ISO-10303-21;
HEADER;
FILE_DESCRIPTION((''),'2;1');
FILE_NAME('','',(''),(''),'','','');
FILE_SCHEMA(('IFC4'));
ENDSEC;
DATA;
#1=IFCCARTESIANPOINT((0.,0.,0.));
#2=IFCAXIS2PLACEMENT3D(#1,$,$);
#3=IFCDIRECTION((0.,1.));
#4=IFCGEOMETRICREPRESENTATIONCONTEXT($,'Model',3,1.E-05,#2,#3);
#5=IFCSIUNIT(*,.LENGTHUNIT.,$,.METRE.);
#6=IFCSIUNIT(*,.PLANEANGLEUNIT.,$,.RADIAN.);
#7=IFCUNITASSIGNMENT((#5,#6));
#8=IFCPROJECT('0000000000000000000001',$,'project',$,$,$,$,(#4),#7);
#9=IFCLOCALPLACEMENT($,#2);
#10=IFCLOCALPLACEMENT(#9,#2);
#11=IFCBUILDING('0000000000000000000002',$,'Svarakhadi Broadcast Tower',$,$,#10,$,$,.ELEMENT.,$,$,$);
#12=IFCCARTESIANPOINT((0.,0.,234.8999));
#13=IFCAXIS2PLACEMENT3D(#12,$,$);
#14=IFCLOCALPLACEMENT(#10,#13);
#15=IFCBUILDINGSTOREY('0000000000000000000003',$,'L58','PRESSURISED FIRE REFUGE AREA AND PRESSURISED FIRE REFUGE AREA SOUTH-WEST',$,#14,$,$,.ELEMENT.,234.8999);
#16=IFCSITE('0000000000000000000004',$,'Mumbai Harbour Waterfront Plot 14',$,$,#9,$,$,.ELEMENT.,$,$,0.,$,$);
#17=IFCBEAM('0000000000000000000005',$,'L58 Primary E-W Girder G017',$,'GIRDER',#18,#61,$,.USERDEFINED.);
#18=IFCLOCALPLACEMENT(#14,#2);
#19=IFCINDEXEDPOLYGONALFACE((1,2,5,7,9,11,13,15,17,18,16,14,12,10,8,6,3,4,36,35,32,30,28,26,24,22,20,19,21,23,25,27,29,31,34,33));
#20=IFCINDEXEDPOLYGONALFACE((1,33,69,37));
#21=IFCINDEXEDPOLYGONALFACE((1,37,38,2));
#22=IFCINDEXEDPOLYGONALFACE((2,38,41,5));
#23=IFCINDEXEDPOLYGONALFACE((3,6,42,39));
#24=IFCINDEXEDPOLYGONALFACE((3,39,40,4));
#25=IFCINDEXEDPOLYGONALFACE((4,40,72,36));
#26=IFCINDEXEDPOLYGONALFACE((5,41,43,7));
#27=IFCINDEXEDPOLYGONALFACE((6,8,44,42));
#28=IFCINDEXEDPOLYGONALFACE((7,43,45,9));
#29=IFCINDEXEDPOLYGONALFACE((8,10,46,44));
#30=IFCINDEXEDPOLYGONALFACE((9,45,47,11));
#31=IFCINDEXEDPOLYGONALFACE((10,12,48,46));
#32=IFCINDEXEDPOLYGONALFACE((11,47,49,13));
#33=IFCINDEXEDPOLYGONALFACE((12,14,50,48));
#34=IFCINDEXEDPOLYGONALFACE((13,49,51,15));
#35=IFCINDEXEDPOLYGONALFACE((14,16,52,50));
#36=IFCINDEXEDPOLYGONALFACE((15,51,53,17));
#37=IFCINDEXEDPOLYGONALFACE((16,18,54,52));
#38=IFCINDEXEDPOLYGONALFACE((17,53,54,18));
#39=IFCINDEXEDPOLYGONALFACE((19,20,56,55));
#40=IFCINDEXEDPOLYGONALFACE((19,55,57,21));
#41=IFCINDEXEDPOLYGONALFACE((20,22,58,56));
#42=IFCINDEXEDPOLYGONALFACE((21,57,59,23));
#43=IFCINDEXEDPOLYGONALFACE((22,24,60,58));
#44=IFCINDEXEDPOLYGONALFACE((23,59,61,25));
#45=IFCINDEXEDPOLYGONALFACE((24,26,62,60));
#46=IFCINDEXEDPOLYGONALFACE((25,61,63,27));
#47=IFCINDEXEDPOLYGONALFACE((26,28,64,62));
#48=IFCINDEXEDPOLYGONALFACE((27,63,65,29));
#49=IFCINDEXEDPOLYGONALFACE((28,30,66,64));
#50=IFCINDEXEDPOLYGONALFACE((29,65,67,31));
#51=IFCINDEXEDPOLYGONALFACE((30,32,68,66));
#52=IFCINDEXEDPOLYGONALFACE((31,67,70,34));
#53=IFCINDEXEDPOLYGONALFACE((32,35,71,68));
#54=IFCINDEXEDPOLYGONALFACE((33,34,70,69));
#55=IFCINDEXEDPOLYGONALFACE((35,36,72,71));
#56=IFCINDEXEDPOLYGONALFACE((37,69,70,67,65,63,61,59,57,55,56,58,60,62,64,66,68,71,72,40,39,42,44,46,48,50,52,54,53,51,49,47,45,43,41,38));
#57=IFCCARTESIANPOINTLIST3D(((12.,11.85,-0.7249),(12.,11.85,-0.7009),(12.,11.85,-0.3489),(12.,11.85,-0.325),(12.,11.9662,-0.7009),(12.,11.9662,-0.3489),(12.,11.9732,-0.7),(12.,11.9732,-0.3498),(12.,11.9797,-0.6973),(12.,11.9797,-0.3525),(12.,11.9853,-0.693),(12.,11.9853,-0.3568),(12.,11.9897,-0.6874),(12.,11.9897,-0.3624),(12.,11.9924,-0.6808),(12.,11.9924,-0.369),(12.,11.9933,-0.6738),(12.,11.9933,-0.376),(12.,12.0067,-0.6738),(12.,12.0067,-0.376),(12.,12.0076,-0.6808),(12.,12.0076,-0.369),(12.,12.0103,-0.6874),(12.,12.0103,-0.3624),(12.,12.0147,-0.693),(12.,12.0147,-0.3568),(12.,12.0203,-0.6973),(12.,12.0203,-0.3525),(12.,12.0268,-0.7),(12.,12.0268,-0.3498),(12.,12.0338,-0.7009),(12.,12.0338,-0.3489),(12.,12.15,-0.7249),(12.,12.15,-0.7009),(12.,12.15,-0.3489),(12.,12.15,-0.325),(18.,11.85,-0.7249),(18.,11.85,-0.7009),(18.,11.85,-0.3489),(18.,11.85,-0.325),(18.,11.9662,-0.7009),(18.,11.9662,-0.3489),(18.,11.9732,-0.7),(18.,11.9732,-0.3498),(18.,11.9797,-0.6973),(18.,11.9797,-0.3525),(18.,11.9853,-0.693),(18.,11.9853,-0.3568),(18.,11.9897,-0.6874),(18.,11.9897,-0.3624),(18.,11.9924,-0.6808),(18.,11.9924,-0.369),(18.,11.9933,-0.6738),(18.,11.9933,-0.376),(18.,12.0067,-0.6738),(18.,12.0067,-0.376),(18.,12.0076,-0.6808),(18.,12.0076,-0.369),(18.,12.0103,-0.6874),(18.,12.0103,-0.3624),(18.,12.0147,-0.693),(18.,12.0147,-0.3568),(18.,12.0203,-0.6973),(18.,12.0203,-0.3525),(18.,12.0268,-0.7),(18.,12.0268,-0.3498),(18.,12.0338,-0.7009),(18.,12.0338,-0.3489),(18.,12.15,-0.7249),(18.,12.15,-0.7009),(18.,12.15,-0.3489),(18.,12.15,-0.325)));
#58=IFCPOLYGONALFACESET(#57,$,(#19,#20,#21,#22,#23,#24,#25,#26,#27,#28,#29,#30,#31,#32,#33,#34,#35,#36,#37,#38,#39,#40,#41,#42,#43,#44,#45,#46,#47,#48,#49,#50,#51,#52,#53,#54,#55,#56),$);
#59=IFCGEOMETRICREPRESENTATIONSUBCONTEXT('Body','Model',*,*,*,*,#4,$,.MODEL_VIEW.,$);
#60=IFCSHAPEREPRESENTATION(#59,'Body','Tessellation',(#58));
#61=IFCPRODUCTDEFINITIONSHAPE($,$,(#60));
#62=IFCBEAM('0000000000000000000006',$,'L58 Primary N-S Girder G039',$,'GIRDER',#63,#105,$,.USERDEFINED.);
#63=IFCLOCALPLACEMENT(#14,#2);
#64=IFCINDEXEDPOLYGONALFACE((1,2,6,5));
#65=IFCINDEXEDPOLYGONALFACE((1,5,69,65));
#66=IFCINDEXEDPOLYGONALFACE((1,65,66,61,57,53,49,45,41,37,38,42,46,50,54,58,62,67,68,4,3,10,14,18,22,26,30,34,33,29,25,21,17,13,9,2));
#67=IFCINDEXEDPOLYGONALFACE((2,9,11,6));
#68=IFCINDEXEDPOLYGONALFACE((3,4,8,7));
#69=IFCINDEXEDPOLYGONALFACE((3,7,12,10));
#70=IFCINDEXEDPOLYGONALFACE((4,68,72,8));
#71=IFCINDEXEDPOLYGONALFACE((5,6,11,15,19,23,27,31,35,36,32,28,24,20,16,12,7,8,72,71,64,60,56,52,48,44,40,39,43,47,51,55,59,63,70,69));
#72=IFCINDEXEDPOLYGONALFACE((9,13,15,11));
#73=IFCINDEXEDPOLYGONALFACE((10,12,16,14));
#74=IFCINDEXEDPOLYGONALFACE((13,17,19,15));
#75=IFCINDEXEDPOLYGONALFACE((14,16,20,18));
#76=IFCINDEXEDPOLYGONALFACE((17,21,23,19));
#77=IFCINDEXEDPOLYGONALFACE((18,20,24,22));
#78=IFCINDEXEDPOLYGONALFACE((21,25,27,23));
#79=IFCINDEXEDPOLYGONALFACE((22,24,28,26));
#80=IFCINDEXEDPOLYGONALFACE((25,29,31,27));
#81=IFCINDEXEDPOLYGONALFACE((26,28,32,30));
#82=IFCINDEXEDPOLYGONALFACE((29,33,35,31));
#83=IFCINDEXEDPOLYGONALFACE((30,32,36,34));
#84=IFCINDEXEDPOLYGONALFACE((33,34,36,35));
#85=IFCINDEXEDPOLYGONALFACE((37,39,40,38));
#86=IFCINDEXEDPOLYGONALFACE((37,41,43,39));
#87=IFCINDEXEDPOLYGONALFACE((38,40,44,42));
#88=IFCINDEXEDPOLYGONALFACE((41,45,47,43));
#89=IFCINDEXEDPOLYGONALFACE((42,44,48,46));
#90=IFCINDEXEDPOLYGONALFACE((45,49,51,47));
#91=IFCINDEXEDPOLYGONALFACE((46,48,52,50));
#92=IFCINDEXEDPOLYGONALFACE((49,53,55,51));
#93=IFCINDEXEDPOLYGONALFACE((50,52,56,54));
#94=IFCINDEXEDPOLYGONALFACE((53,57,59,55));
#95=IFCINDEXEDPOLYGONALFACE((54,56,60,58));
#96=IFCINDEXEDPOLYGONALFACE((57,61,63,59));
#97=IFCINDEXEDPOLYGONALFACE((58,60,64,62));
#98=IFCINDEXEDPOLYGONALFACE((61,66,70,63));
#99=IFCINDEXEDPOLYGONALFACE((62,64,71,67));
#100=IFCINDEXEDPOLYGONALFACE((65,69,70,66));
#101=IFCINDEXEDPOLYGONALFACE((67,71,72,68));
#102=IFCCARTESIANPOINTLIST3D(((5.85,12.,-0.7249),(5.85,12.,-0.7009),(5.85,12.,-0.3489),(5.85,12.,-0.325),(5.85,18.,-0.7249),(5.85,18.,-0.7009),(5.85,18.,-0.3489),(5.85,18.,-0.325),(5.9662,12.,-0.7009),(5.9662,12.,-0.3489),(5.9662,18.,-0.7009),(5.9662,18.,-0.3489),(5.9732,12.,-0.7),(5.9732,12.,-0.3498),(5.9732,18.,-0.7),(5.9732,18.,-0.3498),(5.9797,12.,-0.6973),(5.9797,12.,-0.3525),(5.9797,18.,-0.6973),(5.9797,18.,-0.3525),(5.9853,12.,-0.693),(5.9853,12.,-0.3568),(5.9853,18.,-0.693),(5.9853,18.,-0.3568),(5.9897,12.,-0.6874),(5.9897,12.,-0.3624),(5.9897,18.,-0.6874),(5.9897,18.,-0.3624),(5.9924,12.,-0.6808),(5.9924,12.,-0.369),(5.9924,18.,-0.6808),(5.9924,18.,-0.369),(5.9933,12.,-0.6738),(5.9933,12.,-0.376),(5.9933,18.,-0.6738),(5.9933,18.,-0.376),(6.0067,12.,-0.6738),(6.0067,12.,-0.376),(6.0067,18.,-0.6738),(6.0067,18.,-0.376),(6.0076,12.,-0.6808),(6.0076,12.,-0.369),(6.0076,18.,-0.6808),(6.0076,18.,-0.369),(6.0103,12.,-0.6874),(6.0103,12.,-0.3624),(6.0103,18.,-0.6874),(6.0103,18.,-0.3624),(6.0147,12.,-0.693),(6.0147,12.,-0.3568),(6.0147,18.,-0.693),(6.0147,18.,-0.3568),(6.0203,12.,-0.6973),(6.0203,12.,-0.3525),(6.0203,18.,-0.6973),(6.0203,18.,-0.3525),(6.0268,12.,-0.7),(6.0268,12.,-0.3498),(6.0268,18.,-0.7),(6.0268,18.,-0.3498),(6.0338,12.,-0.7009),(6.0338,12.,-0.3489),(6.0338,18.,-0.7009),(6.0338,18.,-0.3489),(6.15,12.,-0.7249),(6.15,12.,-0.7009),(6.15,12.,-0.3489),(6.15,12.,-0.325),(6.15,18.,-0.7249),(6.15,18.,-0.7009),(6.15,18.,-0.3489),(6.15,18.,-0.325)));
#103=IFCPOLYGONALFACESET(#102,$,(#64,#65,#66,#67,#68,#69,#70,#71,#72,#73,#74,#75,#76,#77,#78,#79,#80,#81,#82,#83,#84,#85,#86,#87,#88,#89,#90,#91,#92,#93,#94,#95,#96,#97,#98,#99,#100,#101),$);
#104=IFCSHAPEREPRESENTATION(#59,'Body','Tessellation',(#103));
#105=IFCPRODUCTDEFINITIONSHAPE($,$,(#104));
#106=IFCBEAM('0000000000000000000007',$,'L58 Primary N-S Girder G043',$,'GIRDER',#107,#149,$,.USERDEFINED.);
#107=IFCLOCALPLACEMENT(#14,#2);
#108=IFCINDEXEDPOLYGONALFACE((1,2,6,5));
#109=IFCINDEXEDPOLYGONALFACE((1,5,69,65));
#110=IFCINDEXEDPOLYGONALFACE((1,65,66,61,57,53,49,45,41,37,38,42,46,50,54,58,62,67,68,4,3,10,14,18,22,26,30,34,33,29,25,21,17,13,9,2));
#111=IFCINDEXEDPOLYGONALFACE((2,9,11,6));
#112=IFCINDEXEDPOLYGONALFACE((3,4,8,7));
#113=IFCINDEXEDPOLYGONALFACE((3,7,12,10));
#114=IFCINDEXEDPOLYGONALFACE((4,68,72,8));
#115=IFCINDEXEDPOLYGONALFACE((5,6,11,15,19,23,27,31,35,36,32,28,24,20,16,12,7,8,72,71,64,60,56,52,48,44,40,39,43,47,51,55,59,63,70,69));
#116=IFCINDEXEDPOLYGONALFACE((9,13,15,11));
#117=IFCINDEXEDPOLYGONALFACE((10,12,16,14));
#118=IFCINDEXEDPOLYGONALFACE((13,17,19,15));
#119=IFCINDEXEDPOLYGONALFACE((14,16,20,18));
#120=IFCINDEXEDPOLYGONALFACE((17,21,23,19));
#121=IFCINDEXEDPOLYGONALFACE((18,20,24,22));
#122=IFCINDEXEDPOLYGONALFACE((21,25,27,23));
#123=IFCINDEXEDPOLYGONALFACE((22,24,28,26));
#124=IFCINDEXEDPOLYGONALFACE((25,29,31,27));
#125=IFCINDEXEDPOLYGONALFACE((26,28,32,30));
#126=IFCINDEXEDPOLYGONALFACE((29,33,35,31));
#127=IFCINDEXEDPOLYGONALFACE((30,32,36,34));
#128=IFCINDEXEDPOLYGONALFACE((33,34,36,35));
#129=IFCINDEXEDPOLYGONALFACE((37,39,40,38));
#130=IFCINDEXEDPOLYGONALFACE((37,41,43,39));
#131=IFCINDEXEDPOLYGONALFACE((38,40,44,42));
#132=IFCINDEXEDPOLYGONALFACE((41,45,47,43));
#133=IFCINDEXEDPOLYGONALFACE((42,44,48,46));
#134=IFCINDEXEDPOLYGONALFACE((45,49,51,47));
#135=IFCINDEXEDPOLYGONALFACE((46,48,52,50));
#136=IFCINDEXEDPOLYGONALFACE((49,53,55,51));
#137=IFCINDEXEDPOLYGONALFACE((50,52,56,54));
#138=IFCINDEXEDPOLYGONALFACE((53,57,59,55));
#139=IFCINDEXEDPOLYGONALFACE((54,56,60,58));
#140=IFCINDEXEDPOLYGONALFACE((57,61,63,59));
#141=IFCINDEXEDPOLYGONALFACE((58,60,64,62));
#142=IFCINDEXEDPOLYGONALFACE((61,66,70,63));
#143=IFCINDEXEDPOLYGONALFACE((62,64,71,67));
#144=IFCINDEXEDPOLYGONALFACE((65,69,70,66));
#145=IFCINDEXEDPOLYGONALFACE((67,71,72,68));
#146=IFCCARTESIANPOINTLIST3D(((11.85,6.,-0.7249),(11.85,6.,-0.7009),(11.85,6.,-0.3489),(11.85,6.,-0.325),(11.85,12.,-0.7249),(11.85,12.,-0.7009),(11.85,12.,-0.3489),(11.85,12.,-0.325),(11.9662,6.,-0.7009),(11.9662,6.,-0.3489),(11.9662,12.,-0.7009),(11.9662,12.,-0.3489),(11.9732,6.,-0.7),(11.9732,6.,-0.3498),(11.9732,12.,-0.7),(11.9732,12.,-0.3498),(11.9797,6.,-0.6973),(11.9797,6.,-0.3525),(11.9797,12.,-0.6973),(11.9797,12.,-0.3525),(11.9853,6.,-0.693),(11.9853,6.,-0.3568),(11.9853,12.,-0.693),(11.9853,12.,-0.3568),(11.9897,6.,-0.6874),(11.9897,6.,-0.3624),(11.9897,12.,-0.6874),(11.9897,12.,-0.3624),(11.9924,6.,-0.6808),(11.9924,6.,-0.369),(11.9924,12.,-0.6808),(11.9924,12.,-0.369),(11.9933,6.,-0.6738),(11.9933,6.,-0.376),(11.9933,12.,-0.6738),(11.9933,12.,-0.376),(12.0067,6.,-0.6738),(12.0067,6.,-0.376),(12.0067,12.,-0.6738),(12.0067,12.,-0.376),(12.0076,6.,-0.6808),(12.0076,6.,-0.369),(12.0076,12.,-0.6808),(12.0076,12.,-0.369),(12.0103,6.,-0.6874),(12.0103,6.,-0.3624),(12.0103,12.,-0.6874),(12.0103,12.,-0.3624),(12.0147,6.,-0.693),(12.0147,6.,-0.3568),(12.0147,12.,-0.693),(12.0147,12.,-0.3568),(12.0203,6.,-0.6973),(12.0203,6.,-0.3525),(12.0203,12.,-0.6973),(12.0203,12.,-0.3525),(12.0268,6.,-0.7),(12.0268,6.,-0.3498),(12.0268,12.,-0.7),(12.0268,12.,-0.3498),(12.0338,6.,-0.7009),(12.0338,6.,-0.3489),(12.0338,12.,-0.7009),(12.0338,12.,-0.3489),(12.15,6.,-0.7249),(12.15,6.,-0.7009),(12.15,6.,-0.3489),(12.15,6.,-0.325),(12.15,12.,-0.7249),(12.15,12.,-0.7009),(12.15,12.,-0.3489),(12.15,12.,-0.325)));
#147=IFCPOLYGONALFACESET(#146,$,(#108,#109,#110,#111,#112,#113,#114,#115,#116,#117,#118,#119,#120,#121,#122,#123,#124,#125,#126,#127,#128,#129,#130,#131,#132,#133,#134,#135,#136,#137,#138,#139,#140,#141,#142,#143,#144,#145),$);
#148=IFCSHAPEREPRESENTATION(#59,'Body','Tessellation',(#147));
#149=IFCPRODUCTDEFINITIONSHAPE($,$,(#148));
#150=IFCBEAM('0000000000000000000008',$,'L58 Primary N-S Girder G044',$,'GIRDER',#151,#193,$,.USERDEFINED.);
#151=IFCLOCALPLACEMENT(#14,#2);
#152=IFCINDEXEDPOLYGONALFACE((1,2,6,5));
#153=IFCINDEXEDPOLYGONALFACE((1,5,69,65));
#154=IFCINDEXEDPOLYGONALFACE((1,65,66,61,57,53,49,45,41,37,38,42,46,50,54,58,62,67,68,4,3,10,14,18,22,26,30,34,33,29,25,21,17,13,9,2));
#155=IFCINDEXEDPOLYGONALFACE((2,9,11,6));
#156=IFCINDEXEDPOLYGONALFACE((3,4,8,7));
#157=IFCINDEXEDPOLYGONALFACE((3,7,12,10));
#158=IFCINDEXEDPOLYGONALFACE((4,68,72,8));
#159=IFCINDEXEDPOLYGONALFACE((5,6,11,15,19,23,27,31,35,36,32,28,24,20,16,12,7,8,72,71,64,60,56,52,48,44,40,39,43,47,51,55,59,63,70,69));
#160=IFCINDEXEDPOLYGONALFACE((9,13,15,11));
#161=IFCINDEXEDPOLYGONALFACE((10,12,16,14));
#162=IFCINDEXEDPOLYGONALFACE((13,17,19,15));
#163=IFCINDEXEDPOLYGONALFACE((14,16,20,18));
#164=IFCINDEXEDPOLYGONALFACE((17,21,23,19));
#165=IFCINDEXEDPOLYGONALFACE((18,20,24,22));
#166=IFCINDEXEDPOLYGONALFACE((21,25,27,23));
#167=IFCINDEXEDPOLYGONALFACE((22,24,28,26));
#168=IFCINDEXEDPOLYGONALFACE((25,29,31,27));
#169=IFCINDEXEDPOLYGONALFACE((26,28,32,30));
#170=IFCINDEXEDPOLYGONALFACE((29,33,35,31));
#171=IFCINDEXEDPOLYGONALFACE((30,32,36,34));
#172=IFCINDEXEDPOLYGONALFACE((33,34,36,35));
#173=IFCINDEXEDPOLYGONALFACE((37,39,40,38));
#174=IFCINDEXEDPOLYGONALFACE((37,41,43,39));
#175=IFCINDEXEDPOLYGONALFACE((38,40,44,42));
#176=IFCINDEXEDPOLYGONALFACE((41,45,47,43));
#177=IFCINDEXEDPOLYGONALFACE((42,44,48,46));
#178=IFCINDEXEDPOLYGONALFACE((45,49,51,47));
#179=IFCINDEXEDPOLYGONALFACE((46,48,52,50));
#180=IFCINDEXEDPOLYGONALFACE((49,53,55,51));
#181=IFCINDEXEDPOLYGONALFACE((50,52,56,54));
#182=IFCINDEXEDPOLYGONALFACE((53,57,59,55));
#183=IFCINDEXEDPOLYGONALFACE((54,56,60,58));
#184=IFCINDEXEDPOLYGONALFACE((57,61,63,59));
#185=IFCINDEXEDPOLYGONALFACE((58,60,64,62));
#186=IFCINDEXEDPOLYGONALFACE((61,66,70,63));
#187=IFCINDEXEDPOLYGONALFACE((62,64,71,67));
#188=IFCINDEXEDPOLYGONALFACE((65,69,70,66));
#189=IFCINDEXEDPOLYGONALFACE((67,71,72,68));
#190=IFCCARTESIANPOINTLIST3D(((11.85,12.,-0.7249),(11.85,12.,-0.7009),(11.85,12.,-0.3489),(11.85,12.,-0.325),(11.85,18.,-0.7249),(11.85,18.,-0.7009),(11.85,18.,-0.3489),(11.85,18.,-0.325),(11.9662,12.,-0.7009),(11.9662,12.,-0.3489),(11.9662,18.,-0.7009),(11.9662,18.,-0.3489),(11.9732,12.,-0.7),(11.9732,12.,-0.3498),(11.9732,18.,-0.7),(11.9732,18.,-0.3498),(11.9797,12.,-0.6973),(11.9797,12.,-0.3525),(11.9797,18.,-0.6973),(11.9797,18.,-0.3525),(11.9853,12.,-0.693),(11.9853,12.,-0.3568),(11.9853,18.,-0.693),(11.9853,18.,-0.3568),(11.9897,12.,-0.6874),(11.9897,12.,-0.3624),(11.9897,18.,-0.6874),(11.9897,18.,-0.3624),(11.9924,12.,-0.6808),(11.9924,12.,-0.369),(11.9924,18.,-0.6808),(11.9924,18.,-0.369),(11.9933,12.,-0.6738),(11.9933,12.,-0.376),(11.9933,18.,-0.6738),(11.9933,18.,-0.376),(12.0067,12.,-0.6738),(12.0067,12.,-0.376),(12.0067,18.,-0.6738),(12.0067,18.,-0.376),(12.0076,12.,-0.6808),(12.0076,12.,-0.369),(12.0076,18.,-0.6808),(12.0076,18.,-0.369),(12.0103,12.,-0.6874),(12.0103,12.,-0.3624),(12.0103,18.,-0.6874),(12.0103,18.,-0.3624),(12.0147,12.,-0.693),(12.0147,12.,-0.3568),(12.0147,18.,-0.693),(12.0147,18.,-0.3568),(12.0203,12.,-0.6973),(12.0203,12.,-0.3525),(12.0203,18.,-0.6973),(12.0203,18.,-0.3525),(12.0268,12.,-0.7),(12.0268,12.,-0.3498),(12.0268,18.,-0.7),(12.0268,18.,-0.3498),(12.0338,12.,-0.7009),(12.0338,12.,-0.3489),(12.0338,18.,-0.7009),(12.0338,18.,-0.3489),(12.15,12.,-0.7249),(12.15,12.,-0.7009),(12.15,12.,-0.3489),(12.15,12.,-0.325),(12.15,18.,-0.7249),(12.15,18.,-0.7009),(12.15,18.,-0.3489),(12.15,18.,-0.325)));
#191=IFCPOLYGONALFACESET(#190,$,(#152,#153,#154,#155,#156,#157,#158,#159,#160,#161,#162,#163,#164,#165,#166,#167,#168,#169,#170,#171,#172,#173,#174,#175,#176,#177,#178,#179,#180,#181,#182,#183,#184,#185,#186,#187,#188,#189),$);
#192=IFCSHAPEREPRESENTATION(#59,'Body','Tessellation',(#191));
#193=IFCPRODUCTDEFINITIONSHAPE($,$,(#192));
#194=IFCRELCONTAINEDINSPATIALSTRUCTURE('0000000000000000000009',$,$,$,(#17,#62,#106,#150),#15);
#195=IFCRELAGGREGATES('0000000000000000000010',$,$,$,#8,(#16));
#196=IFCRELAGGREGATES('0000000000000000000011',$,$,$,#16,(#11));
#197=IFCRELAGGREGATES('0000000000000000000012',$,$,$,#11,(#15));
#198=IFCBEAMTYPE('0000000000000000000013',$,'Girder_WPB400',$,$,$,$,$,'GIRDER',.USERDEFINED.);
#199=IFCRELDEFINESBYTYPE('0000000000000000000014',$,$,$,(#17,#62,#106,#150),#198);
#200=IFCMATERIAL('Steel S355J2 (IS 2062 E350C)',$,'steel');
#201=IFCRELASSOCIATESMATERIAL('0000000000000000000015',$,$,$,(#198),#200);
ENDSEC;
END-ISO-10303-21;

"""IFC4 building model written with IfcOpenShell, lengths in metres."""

from ifc_helpers import new_model, si_unit, direction, frame, origin, origin_2d, place, context, subcontext, project, spatial, i_section, extrude, material, material_profile, profile_set, type_object, element, save


model = new_model("IFC4")

# Units and contexts
model_context = context("Model", 3, precision=1e-05, world=origin(), true_north=direction((0.0, 1.0)))
body_context = subcontext(model_context, "Body", "Model", "MODEL_VIEW")
ifc_project = project(units=[si_unit("LENGTHUNIT", "METRE"), si_unit("PLANEANGLEUNIT", "RADIAN")], contexts=[model_context])

# Site, building, storey
site_placement = place(None, origin())
site = spatial("IfcSite", under=ifc_project, at=site_placement, Name="Mumbai Harbour Waterfront Plot 14", CompositionType="ELEMENT", RefElevation=0.0)
building_placement = place(site_placement, origin())
building = spatial("IfcBuilding", under=site, at=building_placement, Name="Svarakhadi Broadcast Tower", CompositionType="ELEMENT")
storey_placement = place(building_placement, frame((0.0, 0.0, 234.8999)))
storey = spatial("IfcBuildingStorey", under=building, at=storey_placement, Name="L58", Description="PRESSURISED FIRE REFUGE AREA AND PRESSURISED FIRE REFUGE AREA SOUTH-WEST", CompositionType="ELEMENT", Elevation=234.8999)

# Beams
ifc_material_1 = material(Name="Steel S355J2 (IS 2062 E350C)", Category="steel")
ifc_material_profile_1 = material_profile(ifc_material_1, i_section(OverallWidth=0.3, OverallDepth=0.3999, WebThickness=0.0134, FlangeThickness=0.0239, FilletRadius=0.0271, at=origin_2d()), Name="WPB 400x300x155")
ifc_profile_set_1 = profile_set([ifc_material_profile_1], Name="Steel S355J2 (IS 2062 E350C)")
beam_type_1 = type_object("IfcBeamType", Name="Girder_WPB400", ElementType="GIRDER", PredefinedType="USERDEFINED", material=ifc_profile_set_1)
for number, where, z_axis, x_axis, name in (
    (1, (12.0, 12.0, -0.5249), (1.0, 0.0, 0.0), (0.0, 1.0, 0.0), "L58 Primary E-W Girder G017"),
    (2, (6.0, 12.0, -0.5249), (0.0, 1.0, 0.0), (-1.0, 0.0, 0.0), "L58 Primary N-S Girder G039"),
    (3, (12.0, 6.0, -0.5249), (0.0, 1.0, 0.0), (-1.0, 0.0, 0.0), "L58 Primary N-S Girder G043"),
    (4, (12.0, 12.0, -0.5249), (0.0, 1.0, 0.0), (-1.0, 0.0, 0.0), "L58 Primary N-S Girder G044"),
):
    element("IfcBeam", number, at=place(storey_placement, frame(where, z_axis=z_axis, x_axis=x_axis)), inside=storey, type_object=beam_type_1, Name=name, ObjectType="GIRDER", PredefinedType="USERDEFINED", context=body_context, shape_type="SweptSolid", body=[
        extrude(i_section(OverallWidth=0.3, OverallDepth=0.3999, WebThickness=0.0134, FlangeThickness=0.0239, FilletRadius=0.0271, at=origin_2d()), origin(), (0.0, 0.0, 1.0), 6.0),
    ])

save(model, "model.ifc")
